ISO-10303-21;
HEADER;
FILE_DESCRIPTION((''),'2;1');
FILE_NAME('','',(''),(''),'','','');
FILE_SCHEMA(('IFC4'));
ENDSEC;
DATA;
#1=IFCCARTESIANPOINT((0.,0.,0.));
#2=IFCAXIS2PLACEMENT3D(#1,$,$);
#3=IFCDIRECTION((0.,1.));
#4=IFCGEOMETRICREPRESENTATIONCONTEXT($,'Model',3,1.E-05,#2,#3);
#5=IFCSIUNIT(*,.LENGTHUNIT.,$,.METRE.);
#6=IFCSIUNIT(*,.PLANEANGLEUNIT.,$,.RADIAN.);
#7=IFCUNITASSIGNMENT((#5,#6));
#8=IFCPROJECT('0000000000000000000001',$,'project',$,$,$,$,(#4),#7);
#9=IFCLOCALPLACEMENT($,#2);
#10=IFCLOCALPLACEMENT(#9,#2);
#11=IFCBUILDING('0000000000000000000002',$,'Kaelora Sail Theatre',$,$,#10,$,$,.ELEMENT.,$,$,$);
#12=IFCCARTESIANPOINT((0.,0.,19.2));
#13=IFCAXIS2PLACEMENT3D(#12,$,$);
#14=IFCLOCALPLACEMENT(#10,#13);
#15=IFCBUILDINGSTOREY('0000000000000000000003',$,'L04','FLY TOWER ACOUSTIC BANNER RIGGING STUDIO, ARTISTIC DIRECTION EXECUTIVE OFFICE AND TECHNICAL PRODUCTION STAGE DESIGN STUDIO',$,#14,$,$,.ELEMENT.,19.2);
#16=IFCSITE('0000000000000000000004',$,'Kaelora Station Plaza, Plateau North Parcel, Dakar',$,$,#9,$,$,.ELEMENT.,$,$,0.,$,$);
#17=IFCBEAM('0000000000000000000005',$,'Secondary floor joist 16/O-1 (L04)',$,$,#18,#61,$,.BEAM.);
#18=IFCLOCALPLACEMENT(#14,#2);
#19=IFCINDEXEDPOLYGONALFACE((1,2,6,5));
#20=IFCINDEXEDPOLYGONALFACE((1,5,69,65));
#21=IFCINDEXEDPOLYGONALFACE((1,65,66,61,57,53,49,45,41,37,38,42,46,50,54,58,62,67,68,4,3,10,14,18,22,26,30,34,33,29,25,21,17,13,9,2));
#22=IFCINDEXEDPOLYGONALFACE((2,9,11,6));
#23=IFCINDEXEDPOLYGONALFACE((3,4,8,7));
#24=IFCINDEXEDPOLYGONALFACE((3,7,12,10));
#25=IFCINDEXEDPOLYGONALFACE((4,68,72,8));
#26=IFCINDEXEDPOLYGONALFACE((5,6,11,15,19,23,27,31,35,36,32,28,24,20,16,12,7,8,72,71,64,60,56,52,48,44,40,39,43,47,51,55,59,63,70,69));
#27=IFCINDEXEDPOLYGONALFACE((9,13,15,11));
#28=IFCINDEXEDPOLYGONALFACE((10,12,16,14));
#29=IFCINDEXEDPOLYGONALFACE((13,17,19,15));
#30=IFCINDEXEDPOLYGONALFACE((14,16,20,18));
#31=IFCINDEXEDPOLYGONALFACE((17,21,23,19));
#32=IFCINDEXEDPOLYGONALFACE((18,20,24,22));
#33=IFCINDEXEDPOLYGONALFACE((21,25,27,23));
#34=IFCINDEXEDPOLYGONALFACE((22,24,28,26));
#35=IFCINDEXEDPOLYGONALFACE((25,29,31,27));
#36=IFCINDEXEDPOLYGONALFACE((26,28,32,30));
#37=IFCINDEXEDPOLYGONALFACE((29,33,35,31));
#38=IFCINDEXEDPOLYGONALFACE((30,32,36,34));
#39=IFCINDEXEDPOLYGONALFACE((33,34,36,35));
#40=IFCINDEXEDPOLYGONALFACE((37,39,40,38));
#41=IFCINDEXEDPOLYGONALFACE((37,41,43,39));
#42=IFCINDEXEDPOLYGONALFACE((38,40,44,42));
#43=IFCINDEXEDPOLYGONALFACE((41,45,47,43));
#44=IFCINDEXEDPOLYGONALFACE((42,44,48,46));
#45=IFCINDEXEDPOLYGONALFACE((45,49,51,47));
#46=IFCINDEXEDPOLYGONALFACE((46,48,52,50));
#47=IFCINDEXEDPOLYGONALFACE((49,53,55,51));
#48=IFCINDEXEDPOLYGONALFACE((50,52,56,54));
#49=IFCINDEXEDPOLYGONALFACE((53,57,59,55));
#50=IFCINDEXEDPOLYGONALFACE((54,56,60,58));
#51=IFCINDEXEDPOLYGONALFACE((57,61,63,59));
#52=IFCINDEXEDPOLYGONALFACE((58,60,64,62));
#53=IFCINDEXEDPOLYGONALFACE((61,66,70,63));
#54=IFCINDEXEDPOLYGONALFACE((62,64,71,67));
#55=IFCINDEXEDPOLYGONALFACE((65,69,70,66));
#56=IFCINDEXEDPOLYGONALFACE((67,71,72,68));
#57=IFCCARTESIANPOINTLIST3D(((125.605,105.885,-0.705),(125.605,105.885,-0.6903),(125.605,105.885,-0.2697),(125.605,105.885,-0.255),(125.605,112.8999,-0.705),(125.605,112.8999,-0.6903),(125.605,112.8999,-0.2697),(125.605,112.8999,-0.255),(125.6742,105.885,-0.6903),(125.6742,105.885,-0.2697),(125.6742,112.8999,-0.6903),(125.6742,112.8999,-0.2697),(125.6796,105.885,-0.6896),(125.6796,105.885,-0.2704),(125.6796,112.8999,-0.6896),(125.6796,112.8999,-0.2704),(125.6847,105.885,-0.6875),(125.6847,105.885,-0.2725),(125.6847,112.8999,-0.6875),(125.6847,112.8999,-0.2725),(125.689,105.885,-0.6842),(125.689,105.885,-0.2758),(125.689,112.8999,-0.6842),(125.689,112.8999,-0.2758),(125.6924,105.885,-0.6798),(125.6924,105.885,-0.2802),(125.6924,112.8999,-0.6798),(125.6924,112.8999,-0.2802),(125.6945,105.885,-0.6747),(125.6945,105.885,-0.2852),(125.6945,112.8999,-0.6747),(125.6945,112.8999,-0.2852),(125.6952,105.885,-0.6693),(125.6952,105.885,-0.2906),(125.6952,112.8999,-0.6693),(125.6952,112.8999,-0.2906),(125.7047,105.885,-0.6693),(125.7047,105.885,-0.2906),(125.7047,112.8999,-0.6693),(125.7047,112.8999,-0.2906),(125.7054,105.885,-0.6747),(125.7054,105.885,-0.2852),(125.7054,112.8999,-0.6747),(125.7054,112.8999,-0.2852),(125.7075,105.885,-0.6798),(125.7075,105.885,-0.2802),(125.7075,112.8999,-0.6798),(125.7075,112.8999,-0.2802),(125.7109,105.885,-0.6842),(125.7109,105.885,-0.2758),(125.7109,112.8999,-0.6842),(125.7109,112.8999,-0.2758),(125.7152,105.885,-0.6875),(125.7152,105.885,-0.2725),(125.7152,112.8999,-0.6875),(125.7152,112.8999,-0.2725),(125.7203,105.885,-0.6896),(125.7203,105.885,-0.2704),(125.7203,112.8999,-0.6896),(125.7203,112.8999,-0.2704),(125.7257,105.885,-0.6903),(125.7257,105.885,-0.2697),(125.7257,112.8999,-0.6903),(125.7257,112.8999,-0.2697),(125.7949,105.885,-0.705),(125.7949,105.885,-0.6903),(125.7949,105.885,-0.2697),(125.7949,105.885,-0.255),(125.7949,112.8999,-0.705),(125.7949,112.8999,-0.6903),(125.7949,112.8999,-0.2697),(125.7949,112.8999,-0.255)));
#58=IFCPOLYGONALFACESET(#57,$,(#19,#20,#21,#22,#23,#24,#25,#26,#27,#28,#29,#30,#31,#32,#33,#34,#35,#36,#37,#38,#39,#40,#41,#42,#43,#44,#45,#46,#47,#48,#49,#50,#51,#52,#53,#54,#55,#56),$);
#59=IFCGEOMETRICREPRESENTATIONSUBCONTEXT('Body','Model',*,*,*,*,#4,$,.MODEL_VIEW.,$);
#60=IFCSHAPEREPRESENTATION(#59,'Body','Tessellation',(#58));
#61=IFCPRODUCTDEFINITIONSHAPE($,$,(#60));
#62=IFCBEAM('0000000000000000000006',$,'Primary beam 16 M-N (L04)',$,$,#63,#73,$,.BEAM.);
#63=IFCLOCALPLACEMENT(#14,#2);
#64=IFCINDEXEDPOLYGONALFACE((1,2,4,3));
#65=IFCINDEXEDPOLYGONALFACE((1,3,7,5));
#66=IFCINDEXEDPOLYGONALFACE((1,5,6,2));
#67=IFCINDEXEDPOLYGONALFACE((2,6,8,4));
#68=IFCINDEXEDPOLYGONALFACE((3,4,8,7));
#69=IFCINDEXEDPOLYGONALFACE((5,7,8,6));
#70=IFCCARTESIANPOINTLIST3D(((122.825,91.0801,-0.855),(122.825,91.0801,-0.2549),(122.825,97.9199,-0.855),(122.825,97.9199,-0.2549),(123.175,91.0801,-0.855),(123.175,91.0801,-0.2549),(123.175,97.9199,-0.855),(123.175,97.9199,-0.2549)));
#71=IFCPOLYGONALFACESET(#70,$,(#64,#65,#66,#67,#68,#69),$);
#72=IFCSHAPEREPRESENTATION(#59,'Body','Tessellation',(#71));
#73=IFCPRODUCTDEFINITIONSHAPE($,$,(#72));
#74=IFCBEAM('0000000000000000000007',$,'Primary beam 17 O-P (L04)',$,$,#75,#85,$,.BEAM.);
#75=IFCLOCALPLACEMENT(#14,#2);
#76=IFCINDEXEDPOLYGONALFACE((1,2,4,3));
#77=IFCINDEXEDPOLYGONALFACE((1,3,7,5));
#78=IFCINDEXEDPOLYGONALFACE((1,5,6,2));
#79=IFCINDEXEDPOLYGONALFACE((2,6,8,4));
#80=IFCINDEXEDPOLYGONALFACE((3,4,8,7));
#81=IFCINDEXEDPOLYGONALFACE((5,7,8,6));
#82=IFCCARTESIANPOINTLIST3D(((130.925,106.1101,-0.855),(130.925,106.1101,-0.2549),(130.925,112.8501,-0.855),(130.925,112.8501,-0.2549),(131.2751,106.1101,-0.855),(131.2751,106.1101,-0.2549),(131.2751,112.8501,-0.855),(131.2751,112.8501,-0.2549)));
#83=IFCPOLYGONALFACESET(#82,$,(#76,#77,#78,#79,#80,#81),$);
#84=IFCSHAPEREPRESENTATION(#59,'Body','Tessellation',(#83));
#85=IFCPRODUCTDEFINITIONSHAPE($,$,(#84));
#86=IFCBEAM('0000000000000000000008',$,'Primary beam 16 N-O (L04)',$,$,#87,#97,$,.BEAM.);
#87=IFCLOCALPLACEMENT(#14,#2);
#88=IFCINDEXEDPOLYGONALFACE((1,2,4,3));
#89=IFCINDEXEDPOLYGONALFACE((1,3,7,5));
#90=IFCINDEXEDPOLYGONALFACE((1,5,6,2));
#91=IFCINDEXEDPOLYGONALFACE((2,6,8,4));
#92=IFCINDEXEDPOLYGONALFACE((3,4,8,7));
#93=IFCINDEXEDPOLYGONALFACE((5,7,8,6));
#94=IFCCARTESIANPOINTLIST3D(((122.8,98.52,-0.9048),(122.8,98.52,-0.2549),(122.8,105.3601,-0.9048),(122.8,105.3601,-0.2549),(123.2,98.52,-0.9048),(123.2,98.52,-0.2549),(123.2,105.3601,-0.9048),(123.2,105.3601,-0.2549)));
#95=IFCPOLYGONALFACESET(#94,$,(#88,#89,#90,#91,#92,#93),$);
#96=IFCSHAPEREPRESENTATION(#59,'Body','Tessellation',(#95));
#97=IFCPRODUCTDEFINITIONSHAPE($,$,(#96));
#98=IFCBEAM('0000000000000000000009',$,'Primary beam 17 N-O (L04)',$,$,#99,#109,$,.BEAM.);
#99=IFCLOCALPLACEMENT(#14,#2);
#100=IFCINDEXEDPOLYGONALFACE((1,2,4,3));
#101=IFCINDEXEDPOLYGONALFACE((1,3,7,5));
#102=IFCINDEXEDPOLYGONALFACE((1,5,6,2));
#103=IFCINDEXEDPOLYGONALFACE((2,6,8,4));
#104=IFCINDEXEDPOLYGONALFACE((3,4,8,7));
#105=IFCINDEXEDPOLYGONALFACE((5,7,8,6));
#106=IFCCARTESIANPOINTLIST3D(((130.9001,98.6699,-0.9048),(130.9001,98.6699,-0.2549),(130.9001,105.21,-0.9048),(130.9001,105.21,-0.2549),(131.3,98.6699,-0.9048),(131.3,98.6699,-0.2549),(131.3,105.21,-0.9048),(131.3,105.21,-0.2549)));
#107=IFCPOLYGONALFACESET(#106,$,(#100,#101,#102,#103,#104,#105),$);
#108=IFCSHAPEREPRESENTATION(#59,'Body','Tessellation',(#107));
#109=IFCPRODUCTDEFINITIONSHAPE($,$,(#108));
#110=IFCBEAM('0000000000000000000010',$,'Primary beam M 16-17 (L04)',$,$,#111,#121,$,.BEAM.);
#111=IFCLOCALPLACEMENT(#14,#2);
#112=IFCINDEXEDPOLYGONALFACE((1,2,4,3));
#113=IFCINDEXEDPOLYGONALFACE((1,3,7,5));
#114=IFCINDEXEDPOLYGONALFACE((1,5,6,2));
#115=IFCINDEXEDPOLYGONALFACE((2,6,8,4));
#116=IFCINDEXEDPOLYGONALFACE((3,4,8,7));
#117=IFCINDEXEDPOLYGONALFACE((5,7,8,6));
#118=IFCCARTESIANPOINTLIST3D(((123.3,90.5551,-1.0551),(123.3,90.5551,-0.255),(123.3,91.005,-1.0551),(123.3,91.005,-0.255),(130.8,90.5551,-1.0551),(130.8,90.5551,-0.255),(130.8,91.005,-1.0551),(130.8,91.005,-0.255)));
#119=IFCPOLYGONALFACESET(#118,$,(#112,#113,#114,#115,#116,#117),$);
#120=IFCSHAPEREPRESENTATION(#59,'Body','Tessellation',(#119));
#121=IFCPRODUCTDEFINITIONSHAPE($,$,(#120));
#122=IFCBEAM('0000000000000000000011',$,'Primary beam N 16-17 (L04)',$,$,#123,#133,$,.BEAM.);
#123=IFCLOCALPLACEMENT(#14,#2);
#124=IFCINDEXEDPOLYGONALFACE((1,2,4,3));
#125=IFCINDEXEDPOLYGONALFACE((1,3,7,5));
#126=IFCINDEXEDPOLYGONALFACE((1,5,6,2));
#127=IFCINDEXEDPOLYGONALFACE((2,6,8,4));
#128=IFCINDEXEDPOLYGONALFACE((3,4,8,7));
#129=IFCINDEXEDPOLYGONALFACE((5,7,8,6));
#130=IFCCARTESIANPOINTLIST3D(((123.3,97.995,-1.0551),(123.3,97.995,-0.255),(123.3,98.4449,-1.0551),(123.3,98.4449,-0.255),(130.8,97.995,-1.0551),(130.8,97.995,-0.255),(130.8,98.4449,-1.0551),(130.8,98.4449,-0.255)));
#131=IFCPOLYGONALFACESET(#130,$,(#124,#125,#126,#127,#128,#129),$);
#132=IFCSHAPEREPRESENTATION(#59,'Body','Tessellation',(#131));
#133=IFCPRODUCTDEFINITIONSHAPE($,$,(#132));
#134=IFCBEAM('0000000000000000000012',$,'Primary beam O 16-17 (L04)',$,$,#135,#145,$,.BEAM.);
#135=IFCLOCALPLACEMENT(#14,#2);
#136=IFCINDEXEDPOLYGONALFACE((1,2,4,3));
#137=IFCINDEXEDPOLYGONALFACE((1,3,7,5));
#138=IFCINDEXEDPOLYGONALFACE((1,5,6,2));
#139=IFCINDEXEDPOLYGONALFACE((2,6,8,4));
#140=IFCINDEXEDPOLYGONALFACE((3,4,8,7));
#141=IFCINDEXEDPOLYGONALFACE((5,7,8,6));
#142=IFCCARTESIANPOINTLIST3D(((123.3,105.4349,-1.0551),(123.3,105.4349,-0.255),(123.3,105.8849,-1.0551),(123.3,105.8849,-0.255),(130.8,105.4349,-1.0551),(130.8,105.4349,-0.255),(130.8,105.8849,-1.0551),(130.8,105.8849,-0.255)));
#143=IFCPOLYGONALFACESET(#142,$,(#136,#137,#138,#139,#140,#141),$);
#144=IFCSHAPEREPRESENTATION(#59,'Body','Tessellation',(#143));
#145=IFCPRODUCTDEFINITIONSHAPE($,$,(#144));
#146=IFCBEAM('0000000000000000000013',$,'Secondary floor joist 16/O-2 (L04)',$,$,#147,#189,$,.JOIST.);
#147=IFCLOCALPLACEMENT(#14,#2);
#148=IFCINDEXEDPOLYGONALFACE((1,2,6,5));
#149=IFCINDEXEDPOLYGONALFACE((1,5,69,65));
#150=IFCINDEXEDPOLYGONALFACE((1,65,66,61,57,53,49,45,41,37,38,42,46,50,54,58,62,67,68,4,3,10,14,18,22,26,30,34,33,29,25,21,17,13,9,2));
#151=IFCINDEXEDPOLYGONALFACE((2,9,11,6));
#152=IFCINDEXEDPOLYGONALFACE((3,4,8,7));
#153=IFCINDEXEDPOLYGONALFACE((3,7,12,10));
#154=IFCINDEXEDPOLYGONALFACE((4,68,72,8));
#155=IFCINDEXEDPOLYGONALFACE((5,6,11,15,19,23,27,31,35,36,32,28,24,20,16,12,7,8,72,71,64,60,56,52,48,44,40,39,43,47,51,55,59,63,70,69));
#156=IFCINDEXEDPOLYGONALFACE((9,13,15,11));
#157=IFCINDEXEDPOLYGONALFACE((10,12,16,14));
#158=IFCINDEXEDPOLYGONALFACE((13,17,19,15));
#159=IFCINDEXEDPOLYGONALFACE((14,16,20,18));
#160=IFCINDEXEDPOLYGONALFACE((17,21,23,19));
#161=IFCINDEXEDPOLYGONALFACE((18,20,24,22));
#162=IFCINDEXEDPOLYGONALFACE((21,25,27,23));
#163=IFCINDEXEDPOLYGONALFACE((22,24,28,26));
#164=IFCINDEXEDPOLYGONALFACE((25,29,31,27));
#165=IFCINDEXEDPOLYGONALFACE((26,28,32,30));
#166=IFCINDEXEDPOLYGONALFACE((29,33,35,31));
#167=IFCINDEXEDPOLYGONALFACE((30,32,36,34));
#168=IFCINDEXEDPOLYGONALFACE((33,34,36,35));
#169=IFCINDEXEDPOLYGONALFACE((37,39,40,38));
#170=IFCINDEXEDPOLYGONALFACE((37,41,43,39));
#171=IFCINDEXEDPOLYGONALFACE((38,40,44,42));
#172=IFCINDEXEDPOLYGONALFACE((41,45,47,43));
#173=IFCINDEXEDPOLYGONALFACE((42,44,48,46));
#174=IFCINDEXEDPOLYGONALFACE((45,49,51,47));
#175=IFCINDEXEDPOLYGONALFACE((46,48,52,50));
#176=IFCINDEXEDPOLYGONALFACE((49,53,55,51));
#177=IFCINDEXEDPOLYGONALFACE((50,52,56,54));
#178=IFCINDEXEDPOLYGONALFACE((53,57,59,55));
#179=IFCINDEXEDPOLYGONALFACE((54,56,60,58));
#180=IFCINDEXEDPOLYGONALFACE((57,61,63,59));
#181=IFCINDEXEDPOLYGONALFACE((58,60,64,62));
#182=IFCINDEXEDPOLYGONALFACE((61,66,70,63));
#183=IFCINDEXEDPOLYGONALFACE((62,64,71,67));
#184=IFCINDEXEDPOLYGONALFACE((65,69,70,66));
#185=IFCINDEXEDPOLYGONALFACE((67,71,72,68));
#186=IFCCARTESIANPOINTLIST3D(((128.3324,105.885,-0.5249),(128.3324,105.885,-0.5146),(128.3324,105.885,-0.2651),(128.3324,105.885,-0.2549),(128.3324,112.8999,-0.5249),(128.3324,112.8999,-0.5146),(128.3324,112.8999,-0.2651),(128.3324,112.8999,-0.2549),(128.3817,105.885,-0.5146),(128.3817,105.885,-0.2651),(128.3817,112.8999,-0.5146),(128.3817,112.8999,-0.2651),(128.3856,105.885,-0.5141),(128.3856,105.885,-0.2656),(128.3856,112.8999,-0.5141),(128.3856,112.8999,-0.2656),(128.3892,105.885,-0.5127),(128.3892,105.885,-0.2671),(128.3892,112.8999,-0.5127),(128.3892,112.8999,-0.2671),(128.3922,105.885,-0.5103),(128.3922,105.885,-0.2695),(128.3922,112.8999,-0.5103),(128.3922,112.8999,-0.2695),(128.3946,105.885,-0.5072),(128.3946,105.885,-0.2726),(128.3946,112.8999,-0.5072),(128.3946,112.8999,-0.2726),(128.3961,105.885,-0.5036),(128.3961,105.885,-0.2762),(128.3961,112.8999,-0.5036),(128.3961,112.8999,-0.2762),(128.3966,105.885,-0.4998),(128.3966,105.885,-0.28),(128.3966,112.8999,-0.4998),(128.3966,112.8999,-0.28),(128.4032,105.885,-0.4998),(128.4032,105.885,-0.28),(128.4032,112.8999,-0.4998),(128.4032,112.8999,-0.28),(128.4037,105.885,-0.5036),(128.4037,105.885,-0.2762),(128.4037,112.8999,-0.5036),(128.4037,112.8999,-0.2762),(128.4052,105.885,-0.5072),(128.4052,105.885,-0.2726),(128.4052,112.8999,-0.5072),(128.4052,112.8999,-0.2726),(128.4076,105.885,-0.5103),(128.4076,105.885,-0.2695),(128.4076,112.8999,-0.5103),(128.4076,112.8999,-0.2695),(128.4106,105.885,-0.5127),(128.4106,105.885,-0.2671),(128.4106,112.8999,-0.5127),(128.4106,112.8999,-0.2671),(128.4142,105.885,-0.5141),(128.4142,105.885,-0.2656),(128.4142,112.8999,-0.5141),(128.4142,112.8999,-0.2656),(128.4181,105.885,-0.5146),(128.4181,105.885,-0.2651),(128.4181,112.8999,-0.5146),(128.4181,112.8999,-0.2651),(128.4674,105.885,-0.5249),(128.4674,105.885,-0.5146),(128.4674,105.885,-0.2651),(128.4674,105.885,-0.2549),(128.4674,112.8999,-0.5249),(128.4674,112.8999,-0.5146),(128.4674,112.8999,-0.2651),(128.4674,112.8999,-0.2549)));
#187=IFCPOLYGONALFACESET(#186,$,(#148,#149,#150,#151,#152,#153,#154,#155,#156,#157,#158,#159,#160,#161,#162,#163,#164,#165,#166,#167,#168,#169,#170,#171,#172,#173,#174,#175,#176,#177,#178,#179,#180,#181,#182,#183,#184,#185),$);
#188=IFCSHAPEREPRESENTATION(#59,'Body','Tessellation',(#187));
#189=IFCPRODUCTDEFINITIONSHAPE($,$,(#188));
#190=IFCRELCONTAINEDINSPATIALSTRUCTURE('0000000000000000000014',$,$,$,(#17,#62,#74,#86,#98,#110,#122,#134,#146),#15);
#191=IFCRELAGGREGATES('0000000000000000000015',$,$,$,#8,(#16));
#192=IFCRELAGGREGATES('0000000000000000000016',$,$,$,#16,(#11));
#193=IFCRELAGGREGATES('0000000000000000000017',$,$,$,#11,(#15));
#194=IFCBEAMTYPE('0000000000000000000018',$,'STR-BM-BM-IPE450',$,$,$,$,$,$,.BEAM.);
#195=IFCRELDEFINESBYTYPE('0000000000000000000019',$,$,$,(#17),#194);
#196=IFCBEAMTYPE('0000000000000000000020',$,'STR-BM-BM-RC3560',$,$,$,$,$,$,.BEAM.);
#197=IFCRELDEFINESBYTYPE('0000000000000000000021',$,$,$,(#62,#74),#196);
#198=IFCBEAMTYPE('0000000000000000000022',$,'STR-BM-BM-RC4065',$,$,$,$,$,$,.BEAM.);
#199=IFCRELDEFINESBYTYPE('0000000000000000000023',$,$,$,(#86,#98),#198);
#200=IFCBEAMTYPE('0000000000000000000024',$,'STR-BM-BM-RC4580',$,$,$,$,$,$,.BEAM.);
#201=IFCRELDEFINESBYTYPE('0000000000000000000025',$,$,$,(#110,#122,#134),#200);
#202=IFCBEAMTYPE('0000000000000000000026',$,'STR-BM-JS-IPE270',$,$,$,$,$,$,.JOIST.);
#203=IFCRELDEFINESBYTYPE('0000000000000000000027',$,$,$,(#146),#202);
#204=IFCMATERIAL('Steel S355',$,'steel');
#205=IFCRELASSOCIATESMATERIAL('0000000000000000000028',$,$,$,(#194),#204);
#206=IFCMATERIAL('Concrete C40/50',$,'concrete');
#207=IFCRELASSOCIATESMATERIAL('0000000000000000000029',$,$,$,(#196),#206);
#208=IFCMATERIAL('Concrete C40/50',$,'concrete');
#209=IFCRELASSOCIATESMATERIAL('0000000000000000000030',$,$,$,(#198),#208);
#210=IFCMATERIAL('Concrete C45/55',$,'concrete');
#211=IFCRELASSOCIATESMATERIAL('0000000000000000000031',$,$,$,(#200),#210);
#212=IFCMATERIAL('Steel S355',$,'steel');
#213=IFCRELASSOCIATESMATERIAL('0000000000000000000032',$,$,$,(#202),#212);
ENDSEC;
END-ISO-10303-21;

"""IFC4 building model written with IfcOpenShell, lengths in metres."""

from ifc_helpers import new_model, si_unit, direction, frame, origin, origin_2d, place, context, subcontext, project, spatial, rectangle, i_section, extrude, material, material_profile, profile_set, type_object, element, save


model = new_model("IFC4")

# Units and contexts
model_context = context("Model", 3, precision=1e-05, world=origin(), true_north=direction((0.0, 1.0)))
body_context = subcontext(model_context, "Body", "Model", "MODEL_VIEW")
ifc_project = project(units=[si_unit("LENGTHUNIT", "METRE"), si_unit("PLANEANGLEUNIT", "RADIAN")], contexts=[model_context])

# Site, building, storey
site_placement = place(None, origin())
site = spatial("IfcSite", under=ifc_project, at=site_placement, Name="Kaelora Station Plaza, Plateau North Parcel, Dakar", CompositionType="ELEMENT", RefElevation=0.0)
building_placement = place(site_placement, origin())
building = spatial("IfcBuilding", under=site, at=building_placement, Name="Kaelora Sail Theatre", CompositionType="ELEMENT")
storey_placement = place(building_placement, frame((0.0, 0.0, 19.2)))
storey = spatial("IfcBuildingStorey", under=building, at=storey_placement, Name="L04", Description="FLY TOWER ACOUSTIC BANNER RIGGING STUDIO, ARTISTIC DIRECTION EXECUTIVE OFFICE AND TECHNICAL PRODUCTION STAGE DESIGN STUDIO", CompositionType="ELEMENT", Elevation=19.2)

# Beams
ifc_material_1 = material(Name="Steel S355", Category="steel")
ifc_material_profile_1 = material_profile(ifc_material_1, i_section(OverallWidth=0.1899, OverallDepth=0.45, WebThickness=0.0095, FlangeThickness=0.0146, FilletRadius=0.021, at=origin_2d()), Name="IPE 450")
ifc_profile_set_1 = profile_set([ifc_material_profile_1], Name="Steel S355")
beam_type_1 = type_object("IfcBeamType", Name="STR-BM-BM-IPE450", PredefinedType="BEAM", material=ifc_profile_set_1)
beam_1_placement = place(storey_placement, frame((125.7, 105.885, -0.48), z_axis=(0.0, 1.0, 0.0), x_axis=(-1.0, 0.0, 0.0)))
element("IfcBeam", 1, at=beam_1_placement, inside=storey, type_object=beam_type_1, Name="Secondary floor joist 16/O-1 (L04)", PredefinedType="BEAM", context=body_context, shape_type="SweptSolid", body=[
    extrude(i_section(OverallWidth=0.1899, OverallDepth=0.45, WebThickness=0.0095, FlangeThickness=0.0146, FilletRadius=0.021, at=origin_2d()), origin(), (0.0, 0.0, 1.0), 7.0149),
])
ifc_material_2 = material(Name="Concrete C40/50", Category="concrete")
ifc_material_profile_2 = material_profile(ifc_material_2, rectangle(XDim=0.3501, YDim=0.6001, at=origin_2d()), Name="RC-BM 350x600")
ifc_profile_set_2 = profile_set([ifc_material_profile_2], Name="Concrete C40/50")
beam_type_2 = type_object("IfcBeamType", Name="STR-BM-BM-RC3560", PredefinedType="BEAM", material=ifc_profile_set_2)
beam_2_placement = place(storey_placement, frame((123.0, 91.0801, -0.5549), z_axis=(0.0, 1.0, 0.0), x_axis=(-1.0, 0.0, 0.0)))
element("IfcBeam", 2, at=beam_2_placement, inside=storey, type_object=beam_type_2, Name="Primary beam 16 M-N (L04)", PredefinedType="BEAM", context=body_context, shape_type="SweptSolid", body=[
    extrude(rectangle(XDim=0.3501, YDim=0.6001, at=origin_2d()), origin(), (0.0, 0.0, 1.0), 6.8398),
])
beam_3_placement = place(storey_placement, frame((131.1001, 106.1101, -0.5549), z_axis=(0.0, 1.0, 0.0), x_axis=(-1.0, 0.0, 0.0)))
element("IfcBeam", 3, at=beam_3_placement, inside=storey, type_object=beam_type_2, Name="Primary beam 17 O-P (L04)", PredefinedType="BEAM", context=body_context, shape_type="SweptSolid", body=[
    extrude(rectangle(XDim=0.3501, YDim=0.6001, at=origin_2d()), origin(), (0.0, 0.0, 1.0), 6.74),
])
ifc_material_3 = material(Name="Concrete C40/50", Category="concrete")
ifc_material_profile_3 = material_profile(ifc_material_3, rectangle(XDim=0.3999, YDim=0.6499, at=origin_2d()), Name="RC-BM 400x650")
ifc_profile_set_3 = profile_set([ifc_material_profile_3], Name="Concrete C40/50")
beam_type_3 = type_object("IfcBeamType", Name="STR-BM-BM-RC4065", PredefinedType="BEAM", material=ifc_profile_set_3)
beam_4_placement = place(storey_placement, frame((123.0, 98.52, -0.5798), z_axis=(0.0, 1.0, 0.0), x_axis=(-1.0, 0.0, 0.0)))
element("IfcBeam", 4, at=beam_4_placement, inside=storey, type_object=beam_type_3, Name="Primary beam 16 N-O (L04)", PredefinedType="BEAM", context=body_context, shape_type="SweptSolid", body=[
    extrude(rectangle(XDim=0.3999, YDim=0.6499, at=origin_2d()), origin(), (0.0, 0.0, 1.0), 6.8401),
])
beam_5_placement = place(storey_placement, frame((131.1001, 98.6699, -0.5798), z_axis=(0.0, 1.0, 0.0), x_axis=(-1.0, 0.0, 0.0)))
element("IfcBeam", 5, at=beam_5_placement, inside=storey, type_object=beam_type_3, Name="Primary beam 17 N-O (L04)", PredefinedType="BEAM", context=body_context, shape_type="SweptSolid", body=[
    extrude(rectangle(XDim=0.3999, YDim=0.6499, at=origin_2d()), origin(), (0.0, 0.0, 1.0), 6.54),
])
ifc_material_4 = material(Name="Concrete C45/55", Category="concrete")
ifc_material_profile_4 = material_profile(ifc_material_4, rectangle(XDim=0.45, YDim=0.8, at=origin_2d()), Name="RC-BM 450x800")
ifc_profile_set_4 = profile_set([ifc_material_profile_4], Name="Concrete C45/55")
beam_type_4 = type_object("IfcBeamType", Name="STR-BM-BM-RC4580", PredefinedType="BEAM", material=ifc_profile_set_4)
for number, where, z_axis, x_axis, name in (
    (6, (123.3, 90.78, -0.655), (1.0, 0.0, 0.0), (0.0, 1.0, 0.0), "Primary beam M 16-17 (L04)"),
    (7, (123.3, 98.22, -0.655), (1.0, 0.0, 0.0), (0.0, 1.0, 0.0), "Primary beam N 16-17 (L04)"),
    (8, (123.3, 105.6599, -0.655), (1.0, 0.0, 0.0), (0.0, 1.0, 0.0), "Primary beam O 16-17 (L04)"),
):
    element("IfcBeam", number, at=place(storey_placement, frame(where, z_axis=z_axis, x_axis=x_axis)), inside=storey, type_object=beam_type_4, Name=name, PredefinedType="BEAM", context=body_context, shape_type="SweptSolid", body=[
        extrude(rectangle(XDim=0.45, YDim=0.8, at=origin_2d()), origin(), (0.0, 0.0, 1.0), 7.5),
    ])
ifc_material_5 = material(Name="Steel S355", Category="steel")
ifc_material_profile_5 = material_profile(ifc_material_5, i_section(OverallWidth=0.135, OverallDepth=0.27, WebThickness=0.0066, FlangeThickness=0.0103, FilletRadius=0.0149, at=origin_2d()), Name="IPE 270")
ifc_profile_set_5 = profile_set([ifc_material_profile_5], Name="Steel S355")
beam_type_5 = type_object("IfcBeamType", Name="STR-BM-JS-IPE270", PredefinedType="JOIST", material=ifc_profile_set_5)
beam_6_placement = place(storey_placement, frame((128.3999, 105.885, -0.3899), z_axis=(0.0, 1.0, 0.0), x_axis=(-1.0, 0.0, 0.0)))
element("IfcBeam", 9, at=beam_6_placement, inside=storey, type_object=beam_type_5, Name="Secondary floor joist 16/O-2 (L04)", PredefinedType="JOIST", context=body_context, shape_type="SweptSolid", body=[
    extrude(i_section(OverallWidth=0.135, OverallDepth=0.27, WebThickness=0.0066, FlangeThickness=0.0103, FilletRadius=0.0149, at=origin_2d()), origin(), (0.0, 0.0, 1.0), 7.0149),
])

save(model, "model.ifc")
